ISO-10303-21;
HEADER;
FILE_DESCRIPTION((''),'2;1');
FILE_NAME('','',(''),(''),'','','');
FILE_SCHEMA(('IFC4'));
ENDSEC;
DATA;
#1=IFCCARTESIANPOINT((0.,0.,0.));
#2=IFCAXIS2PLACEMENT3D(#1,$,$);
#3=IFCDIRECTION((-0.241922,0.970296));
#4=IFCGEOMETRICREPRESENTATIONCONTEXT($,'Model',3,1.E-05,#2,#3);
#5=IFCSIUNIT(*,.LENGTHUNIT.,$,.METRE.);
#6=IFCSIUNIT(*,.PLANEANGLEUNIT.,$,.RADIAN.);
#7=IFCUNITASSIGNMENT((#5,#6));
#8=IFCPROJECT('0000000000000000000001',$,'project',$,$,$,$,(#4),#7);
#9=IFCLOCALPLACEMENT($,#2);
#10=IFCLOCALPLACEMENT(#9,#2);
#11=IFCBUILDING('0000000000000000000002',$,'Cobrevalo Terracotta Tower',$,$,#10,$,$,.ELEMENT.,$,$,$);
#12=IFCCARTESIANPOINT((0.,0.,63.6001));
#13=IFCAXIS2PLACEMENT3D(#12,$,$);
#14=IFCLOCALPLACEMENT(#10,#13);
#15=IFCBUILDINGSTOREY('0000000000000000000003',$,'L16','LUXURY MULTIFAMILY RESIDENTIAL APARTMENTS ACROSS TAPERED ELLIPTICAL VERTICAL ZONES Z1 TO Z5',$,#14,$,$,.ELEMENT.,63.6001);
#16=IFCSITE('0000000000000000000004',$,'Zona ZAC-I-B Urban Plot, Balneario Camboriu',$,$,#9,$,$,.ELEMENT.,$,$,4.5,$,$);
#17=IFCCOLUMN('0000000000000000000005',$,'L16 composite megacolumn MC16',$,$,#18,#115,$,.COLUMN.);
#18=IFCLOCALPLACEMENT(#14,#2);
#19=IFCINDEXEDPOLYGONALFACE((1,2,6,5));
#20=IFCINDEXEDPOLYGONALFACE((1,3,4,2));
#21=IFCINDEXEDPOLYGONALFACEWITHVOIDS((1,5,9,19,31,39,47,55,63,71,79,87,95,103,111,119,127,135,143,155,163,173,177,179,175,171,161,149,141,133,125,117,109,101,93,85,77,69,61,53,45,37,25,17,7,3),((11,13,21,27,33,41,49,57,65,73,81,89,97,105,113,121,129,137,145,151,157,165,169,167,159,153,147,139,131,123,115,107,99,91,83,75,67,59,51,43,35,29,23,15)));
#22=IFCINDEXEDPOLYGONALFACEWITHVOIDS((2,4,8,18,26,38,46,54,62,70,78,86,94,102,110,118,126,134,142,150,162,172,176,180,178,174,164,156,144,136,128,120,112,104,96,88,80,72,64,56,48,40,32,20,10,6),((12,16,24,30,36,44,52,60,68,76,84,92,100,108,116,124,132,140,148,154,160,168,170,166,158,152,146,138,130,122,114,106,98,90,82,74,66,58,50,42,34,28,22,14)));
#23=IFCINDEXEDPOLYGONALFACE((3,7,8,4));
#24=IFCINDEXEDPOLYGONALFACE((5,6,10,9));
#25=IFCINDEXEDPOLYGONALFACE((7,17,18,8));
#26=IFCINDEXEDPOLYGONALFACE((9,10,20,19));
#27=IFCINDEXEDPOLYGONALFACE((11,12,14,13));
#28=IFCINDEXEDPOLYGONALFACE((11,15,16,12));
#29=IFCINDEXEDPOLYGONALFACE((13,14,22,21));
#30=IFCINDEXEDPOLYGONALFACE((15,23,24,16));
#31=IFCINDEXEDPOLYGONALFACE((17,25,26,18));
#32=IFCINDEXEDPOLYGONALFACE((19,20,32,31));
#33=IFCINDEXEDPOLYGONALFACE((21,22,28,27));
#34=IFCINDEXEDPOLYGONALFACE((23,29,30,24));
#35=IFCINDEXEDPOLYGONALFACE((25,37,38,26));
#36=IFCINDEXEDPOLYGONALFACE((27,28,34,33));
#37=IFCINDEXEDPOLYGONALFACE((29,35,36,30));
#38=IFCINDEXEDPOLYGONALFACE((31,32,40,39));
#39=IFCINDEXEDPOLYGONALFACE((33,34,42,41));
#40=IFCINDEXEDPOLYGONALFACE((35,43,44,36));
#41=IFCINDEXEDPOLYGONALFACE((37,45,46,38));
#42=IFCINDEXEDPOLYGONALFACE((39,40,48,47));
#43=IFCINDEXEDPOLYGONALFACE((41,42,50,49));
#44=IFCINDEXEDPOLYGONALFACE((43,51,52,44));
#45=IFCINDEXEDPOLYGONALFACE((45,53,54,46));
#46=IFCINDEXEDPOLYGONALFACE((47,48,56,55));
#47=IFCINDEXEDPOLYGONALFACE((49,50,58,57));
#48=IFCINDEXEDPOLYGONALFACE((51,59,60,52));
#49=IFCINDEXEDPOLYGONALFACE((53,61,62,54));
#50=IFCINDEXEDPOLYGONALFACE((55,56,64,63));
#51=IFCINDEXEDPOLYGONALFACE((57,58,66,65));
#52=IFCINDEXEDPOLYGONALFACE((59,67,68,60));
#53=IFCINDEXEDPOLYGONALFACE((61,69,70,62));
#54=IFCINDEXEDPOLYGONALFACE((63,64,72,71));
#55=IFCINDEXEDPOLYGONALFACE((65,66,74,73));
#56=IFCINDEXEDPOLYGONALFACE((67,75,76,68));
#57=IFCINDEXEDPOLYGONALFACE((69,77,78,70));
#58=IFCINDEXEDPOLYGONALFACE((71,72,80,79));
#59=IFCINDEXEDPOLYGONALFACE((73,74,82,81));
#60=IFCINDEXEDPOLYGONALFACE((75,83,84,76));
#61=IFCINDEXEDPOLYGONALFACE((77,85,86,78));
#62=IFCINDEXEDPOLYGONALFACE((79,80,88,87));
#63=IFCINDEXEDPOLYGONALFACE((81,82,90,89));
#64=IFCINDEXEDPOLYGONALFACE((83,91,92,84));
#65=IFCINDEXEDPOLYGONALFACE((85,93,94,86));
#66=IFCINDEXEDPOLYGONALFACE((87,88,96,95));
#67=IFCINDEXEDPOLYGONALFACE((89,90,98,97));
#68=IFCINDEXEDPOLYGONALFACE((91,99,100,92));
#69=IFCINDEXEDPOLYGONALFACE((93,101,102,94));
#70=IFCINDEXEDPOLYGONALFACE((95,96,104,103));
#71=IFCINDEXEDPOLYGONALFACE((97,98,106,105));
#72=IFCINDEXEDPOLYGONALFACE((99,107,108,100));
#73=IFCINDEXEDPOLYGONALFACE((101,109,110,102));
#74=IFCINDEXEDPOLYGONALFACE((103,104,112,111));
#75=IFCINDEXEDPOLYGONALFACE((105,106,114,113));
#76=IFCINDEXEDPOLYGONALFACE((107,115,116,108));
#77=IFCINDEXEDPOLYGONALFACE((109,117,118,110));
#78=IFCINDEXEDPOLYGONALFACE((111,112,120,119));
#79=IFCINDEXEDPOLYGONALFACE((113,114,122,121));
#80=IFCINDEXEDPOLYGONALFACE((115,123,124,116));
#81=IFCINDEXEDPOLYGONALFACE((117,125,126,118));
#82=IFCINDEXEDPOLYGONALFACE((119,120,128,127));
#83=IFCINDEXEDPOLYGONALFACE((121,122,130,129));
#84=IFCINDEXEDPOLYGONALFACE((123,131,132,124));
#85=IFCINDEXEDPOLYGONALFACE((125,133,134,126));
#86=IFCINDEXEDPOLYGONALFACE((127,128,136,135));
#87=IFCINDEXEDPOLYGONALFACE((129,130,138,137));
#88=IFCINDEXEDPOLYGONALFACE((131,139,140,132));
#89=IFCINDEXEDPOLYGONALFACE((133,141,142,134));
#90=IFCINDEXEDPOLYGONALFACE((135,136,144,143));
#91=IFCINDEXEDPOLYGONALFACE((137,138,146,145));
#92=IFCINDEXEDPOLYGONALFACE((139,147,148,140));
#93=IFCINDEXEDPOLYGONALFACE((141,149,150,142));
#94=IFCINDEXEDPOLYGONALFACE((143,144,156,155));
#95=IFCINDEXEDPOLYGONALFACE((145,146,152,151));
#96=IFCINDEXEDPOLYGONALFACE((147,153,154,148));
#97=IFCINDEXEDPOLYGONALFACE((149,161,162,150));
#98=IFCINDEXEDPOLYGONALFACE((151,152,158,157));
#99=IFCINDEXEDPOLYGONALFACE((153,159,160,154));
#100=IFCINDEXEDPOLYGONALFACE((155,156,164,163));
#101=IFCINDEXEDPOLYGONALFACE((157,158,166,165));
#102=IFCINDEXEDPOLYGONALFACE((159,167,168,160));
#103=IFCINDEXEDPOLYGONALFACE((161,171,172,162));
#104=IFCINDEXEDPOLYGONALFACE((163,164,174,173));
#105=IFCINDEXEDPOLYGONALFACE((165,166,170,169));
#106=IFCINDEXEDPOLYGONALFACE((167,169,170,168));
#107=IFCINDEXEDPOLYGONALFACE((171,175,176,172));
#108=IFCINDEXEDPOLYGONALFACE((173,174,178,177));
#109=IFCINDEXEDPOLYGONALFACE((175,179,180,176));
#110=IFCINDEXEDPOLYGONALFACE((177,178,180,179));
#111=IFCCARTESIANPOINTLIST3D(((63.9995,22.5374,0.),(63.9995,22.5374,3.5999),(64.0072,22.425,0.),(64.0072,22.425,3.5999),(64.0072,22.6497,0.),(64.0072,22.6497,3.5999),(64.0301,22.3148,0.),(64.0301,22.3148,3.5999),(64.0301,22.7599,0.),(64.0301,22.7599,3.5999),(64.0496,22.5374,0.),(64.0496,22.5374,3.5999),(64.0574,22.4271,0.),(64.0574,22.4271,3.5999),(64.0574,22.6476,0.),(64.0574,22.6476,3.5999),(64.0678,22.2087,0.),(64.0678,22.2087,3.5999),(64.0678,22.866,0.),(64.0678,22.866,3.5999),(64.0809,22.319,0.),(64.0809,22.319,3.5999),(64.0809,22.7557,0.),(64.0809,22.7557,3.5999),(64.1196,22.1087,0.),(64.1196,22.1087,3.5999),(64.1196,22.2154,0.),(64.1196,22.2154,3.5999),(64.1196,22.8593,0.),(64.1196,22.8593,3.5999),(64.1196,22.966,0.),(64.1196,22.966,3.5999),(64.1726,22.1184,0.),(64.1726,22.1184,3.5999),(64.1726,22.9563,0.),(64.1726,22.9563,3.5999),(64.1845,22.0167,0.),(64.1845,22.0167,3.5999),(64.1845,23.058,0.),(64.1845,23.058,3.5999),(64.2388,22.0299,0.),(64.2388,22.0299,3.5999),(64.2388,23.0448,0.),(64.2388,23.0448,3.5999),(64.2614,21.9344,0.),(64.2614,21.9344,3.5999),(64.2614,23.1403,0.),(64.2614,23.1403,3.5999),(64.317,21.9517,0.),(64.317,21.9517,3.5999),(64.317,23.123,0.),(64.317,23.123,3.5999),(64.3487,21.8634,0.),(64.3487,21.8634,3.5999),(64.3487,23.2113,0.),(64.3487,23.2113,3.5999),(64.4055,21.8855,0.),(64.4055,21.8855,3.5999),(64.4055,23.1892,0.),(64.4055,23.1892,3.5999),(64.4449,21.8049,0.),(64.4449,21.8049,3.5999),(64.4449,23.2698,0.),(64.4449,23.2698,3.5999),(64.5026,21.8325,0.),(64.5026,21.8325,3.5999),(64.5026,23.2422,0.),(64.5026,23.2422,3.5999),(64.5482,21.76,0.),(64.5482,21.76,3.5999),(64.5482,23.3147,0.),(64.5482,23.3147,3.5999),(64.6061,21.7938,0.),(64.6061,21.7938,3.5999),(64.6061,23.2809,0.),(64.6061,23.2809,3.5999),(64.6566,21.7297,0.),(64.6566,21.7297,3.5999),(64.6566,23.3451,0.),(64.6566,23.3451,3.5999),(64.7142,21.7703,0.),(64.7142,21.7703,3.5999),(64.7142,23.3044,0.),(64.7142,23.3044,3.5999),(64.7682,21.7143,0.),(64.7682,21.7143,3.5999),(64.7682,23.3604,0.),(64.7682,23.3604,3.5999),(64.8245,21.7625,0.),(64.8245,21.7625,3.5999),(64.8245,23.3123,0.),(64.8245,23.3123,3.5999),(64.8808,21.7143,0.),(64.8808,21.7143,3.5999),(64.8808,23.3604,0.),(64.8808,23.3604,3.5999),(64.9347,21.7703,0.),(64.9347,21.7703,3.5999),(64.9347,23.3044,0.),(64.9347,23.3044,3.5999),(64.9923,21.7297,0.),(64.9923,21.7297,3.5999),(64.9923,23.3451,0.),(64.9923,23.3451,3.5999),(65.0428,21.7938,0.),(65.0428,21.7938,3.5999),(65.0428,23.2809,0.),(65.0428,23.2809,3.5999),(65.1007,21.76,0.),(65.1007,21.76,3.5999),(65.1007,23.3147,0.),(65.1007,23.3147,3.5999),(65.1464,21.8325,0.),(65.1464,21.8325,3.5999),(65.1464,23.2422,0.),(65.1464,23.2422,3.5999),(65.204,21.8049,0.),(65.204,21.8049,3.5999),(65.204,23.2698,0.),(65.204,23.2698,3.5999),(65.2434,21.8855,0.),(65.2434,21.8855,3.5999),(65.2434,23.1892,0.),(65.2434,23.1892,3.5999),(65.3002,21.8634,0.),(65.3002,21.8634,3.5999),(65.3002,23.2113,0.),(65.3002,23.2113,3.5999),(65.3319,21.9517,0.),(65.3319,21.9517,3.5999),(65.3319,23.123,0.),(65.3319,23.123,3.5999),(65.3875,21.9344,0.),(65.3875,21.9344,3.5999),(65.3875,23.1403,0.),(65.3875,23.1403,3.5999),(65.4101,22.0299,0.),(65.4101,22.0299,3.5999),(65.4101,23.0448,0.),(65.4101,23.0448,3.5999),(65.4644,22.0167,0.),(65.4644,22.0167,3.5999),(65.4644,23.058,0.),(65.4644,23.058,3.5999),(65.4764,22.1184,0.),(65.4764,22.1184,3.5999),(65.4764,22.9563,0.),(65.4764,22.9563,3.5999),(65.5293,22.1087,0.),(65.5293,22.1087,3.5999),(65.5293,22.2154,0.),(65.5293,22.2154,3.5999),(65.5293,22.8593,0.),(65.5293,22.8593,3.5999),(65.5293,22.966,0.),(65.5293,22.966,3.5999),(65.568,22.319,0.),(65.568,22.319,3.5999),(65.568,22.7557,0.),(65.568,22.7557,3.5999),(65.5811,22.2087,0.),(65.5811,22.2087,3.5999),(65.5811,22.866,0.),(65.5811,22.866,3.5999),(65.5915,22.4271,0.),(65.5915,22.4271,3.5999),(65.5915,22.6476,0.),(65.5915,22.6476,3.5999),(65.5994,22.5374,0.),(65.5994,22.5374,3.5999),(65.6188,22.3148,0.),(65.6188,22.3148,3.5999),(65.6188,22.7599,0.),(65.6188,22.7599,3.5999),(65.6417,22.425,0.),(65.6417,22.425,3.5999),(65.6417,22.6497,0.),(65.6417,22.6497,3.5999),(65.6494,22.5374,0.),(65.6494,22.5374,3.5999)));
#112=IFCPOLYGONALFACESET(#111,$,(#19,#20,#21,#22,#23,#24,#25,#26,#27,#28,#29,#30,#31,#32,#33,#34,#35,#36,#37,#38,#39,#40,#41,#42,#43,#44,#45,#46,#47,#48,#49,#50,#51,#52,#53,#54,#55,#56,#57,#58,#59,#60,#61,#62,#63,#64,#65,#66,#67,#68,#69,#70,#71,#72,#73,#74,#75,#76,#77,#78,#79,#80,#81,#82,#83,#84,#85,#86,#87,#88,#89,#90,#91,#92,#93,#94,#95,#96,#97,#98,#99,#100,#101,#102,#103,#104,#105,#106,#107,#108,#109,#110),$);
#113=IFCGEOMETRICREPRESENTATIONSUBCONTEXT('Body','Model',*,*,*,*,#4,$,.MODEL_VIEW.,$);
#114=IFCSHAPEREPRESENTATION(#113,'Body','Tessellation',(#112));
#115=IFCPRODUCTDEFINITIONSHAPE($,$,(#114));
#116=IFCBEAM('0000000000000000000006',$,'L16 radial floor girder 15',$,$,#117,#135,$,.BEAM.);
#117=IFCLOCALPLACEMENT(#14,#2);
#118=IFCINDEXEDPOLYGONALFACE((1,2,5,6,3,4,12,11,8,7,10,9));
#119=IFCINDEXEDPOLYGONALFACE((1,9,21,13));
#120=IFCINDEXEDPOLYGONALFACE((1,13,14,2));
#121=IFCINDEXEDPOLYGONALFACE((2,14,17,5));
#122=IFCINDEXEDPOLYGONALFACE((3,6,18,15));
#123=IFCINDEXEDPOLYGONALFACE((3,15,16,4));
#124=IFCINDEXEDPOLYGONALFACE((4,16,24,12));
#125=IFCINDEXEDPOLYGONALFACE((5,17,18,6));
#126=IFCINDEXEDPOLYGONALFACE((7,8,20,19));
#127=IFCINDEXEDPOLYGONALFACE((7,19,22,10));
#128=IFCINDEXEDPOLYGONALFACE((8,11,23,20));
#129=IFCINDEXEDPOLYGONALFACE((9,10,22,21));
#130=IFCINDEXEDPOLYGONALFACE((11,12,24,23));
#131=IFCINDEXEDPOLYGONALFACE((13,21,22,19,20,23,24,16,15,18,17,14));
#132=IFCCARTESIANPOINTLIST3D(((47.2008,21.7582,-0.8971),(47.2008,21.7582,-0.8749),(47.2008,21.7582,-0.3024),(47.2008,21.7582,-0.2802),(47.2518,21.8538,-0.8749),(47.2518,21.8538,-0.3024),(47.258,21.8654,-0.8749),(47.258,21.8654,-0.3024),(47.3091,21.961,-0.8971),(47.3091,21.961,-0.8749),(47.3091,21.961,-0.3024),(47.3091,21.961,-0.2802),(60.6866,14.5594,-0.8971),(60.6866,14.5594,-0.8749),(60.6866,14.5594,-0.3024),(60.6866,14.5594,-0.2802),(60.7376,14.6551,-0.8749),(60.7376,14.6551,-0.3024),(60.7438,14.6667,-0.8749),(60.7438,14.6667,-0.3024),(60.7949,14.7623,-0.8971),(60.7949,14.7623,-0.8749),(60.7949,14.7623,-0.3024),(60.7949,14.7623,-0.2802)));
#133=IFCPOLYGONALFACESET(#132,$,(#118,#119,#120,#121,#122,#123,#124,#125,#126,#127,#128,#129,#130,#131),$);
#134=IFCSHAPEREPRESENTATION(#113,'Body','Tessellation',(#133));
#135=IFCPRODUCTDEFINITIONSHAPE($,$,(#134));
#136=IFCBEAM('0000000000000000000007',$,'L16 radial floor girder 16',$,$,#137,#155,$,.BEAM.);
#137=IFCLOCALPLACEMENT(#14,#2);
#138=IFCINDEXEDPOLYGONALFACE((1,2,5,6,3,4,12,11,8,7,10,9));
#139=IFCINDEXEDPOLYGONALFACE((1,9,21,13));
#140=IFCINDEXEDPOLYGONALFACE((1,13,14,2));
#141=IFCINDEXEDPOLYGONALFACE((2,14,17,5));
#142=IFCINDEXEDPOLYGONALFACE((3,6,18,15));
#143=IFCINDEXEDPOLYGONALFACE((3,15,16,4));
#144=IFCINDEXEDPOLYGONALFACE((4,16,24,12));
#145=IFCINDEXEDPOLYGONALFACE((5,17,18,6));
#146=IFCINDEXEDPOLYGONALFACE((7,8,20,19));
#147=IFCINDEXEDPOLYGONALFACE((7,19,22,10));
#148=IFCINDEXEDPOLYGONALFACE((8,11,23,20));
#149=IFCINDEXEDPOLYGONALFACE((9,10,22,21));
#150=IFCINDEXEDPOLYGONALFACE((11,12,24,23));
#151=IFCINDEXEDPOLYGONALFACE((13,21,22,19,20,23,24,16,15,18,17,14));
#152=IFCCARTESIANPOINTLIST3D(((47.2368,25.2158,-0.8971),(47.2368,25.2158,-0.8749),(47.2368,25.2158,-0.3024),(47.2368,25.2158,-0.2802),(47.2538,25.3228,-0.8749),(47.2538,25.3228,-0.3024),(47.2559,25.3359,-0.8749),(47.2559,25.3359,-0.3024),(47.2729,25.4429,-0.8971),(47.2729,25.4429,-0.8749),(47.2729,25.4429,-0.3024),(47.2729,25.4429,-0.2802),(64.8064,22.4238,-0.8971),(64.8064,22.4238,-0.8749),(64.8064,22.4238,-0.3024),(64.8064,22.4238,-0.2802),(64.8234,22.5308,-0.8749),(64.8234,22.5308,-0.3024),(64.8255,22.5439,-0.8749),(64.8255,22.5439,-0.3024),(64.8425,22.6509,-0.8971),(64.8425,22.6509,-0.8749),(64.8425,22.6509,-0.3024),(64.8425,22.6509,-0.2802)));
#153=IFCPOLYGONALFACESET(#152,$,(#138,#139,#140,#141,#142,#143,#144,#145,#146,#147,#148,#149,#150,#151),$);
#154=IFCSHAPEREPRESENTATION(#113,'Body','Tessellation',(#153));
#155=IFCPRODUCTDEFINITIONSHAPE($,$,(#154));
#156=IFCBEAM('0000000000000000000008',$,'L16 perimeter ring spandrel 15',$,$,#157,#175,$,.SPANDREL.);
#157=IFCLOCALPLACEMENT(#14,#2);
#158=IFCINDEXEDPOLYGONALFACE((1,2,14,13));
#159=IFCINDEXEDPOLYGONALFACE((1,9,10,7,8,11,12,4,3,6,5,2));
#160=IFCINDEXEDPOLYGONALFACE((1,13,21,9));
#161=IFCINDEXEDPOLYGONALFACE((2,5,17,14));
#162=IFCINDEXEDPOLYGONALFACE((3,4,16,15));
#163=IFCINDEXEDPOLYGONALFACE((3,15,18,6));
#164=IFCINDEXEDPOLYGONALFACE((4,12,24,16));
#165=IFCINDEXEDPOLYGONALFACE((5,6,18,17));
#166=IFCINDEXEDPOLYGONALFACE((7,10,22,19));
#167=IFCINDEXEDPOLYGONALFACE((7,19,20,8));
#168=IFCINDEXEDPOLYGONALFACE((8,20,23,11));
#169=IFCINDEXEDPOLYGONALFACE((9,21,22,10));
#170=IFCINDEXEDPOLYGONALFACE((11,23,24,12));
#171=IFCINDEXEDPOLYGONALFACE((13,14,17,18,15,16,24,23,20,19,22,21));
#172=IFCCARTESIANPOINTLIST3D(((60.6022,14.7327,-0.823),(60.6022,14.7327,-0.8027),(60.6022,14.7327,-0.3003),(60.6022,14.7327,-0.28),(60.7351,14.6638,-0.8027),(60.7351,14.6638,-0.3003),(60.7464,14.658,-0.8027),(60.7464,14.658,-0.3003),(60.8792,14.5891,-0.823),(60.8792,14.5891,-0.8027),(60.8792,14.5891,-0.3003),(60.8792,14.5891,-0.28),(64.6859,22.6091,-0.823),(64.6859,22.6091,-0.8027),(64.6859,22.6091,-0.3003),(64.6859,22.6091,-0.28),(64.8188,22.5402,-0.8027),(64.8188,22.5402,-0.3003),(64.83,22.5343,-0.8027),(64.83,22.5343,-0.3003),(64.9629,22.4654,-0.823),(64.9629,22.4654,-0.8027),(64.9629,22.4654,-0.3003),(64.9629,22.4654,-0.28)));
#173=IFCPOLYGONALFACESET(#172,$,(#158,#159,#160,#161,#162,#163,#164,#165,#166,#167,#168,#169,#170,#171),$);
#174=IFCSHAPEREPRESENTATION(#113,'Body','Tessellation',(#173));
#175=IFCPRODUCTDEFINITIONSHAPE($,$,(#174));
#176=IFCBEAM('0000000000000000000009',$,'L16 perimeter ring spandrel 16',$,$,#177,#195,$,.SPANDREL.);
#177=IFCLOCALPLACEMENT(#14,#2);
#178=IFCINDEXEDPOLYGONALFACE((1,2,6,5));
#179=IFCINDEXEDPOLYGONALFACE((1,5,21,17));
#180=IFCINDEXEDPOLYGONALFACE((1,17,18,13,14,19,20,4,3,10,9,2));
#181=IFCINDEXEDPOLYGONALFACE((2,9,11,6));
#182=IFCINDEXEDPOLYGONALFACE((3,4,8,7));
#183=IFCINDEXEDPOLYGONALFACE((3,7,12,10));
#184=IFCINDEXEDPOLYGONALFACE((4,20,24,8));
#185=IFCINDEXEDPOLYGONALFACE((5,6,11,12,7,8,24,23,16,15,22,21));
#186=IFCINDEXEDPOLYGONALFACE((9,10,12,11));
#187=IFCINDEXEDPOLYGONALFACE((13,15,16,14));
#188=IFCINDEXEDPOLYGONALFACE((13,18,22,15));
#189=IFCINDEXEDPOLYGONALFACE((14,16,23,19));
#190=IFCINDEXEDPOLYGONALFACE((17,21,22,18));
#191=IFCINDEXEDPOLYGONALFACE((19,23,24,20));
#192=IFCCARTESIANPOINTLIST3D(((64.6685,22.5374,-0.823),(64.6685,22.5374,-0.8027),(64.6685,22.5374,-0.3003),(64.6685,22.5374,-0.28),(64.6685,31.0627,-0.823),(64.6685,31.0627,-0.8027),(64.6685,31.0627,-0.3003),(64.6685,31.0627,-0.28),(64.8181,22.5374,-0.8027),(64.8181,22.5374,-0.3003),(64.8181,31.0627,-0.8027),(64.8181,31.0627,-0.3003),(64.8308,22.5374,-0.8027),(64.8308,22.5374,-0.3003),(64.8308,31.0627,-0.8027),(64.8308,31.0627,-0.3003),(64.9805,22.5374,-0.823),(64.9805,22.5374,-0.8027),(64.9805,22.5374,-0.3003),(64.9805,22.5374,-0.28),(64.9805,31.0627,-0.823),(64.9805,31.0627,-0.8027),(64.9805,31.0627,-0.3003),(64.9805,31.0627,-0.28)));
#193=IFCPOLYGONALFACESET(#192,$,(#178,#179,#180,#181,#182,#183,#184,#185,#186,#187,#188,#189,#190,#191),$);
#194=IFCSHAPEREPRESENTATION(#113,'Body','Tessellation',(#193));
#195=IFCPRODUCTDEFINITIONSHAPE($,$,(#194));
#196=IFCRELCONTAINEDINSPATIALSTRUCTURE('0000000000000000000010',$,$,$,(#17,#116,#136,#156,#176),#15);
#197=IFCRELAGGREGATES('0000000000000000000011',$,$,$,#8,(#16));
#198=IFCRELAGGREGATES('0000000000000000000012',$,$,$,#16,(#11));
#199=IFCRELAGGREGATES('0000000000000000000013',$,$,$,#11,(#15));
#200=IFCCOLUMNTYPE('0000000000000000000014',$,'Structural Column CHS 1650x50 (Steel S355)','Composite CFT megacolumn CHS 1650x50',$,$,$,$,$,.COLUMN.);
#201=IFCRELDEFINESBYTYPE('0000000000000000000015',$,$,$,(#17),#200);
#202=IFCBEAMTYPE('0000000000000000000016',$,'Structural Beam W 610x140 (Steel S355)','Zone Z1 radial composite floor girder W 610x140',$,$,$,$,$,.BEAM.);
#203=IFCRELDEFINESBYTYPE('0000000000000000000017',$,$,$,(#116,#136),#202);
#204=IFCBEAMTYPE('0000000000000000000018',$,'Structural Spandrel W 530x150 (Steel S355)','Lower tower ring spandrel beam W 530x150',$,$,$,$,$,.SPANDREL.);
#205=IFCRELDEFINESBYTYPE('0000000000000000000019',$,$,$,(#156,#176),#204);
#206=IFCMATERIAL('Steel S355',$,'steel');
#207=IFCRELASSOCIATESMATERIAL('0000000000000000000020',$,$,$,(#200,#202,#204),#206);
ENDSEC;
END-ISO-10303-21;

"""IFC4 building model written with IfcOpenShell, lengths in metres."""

from ifc_helpers import new_model, si_unit, direction, frame, origin, origin_2d, place, context, subcontext, project, spatial, hollow_circle, i_section, extrude, material, material_profile, profile_set, type_object, element, save


model = new_model("IFC4")

# Units and contexts
model_context = context("Model", 3, precision=1e-05, world=origin(), true_north=direction((-0.241922, 0.970296)))
body_context = subcontext(model_context, "Body", "Model", "MODEL_VIEW")
ifc_project = project(units=[si_unit("LENGTHUNIT", "METRE"), si_unit("PLANEANGLEUNIT", "RADIAN")], contexts=[model_context])

# Site, building, storey
site_placement = place(None, origin())
site = spatial("IfcSite", under=ifc_project, at=site_placement, Name="Zona ZAC-I-B Urban Plot, Balneario Camboriu", CompositionType="ELEMENT", RefElevation=4.5)
building_placement = place(site_placement, origin())
building = spatial("IfcBuilding", under=site, at=building_placement, Name="Cobrevalo Terracotta Tower", CompositionType="ELEMENT")
storey_placement = place(building_placement, frame((0.0, 0.0, 63.6001)))
storey = spatial("IfcBuildingStorey", under=building, at=storey_placement, Name="L16", Description="LUXURY MULTIFAMILY RESIDENTIAL APARTMENTS ACROSS TAPERED ELLIPTICAL VERTICAL ZONES Z1 TO Z5", CompositionType="ELEMENT", Elevation=63.6001)

# Column
ifc_material_1 = material(Name="Steel S355", Category="steel")
ifc_material_profile_1 = material_profile(ifc_material_1, hollow_circle(Radius=0.825, WallThickness=0.05, at=origin_2d()), Name="CHS 1650x50")
ifc_profile_set_1 = profile_set([ifc_material_profile_1], Name="Steel S355")
column_type = type_object("IfcColumnType", Name="Structural Column CHS 1650x50 (Steel S355)", Description="Composite CFT megacolumn CHS 1650x50", PredefinedType="COLUMN", material=ifc_profile_set_1)
for number, where, z_axis, x_axis, name in (
    (1, (64.8245, 22.5374, 0.0), (0.0, 0.0, 1.0), (1.0, 0.0, 0.0), "L16 composite megacolumn MC16"),
):
    element("IfcColumn", number, at=place(storey_placement, frame(where, z_axis=z_axis, x_axis=x_axis)), inside=storey, type_object=column_type, Name=name, PredefinedType="COLUMN", context=body_context, shape_type="SweptSolid", body=[
        extrude(hollow_circle(Radius=0.825, WallThickness=0.05, at=origin_2d()), origin(), (0.0, 0.0, 1.0), 3.5999),
    ])

# Beams
ifc_material_profile_2 = material_profile(ifc_material_1, i_section(OverallWidth=0.23, OverallDepth=0.6169, WebThickness=0.0132, FlangeThickness=0.0222, at=origin_2d()), Name="W 610x140")
ifc_profile_set_2 = profile_set([ifc_material_profile_2], Name="Steel S355")
beam_type_1 = type_object("IfcBeamType", Name="Structural Beam W 610x140 (Steel S355)", Description="Zone Z1 radial composite floor girder W 610x140", PredefinedType="BEAM", material=ifc_profile_set_2)
beam_1_placement = place(storey_placement, frame((60.7407, 14.6609, -0.5886), z_axis=(-0.882182, 0.470908, 0.0), x_axis=(-0.470908, -0.882182, 0.0)))
element("IfcBeam", 2, at=beam_1_placement, inside=storey, type_object=beam_type_1, Name="L16 radial floor girder 15", PredefinedType="BEAM", context=body_context, shape_type="SweptSolid", body=[
    extrude(i_section(OverallWidth=0.23, OverallDepth=0.6169, WebThickness=0.0132, FlangeThickness=0.0222, at=origin_2d()), origin(), (0.0, 0.0, 1.0), 15.2869),
])
beam_2_placement = place(storey_placement, frame((64.8245, 22.5374, -0.5886), z_axis=(-0.987608, 0.156941, 0.0), x_axis=(-0.156941, -0.987608, 0.0)))
element("IfcBeam", 3, at=beam_2_placement, inside=storey, type_object=beam_type_1, Name="L16 radial floor girder 16", PredefinedType="BEAM", context=body_context, shape_type="SweptSolid", body=[
    extrude(i_section(OverallWidth=0.23, OverallDepth=0.6169, WebThickness=0.0132, FlangeThickness=0.0222, at=origin_2d()), origin(), (0.0, 0.0, 1.0), 17.79),
])
ifc_material_profile_3 = material_profile(ifc_material_1, i_section(OverallWidth=0.312, OverallDepth=0.543, WebThickness=0.0127, FlangeThickness=0.0203, at=origin_2d()), Name="W 530x150")
ifc_profile_set_3 = profile_set([ifc_material_profile_3], Name="Steel S355")
beam_type_2 = type_object("IfcBeamType", Name="Structural Spandrel W 530x150 (Steel S355)", Description="Lower tower ring spandrel beam W 530x150", PredefinedType="SPANDREL", material=ifc_profile_set_3)
beam_3_placement = place(storey_placement, frame((60.7407, 14.6609, -0.5515), z_axis=(0.460286, 0.887771, 0.0), x_axis=(-0.887771, 0.460286, 0.0)))
element("IfcBeam", 4, at=beam_3_placement, inside=storey, type_object=beam_type_2, Name="L16 perimeter ring spandrel 15", PredefinedType="SPANDREL", context=body_context, shape_type="SweptSolid", body=[
    extrude(i_section(OverallWidth=0.312, OverallDepth=0.543, WebThickness=0.0127, FlangeThickness=0.0203, at=origin_2d()), origin(), (0.0, 0.0, 1.0), 8.8721),
])
beam_4_placement = place(storey_placement, frame((64.8245, 22.5374, -0.5515), z_axis=(0.0, 1.0, 0.0), x_axis=(-1.0, 0.0, 0.0)))
element("IfcBeam", 5, at=beam_4_placement, inside=storey, type_object=beam_type_2, Name="L16 perimeter ring spandrel 16", PredefinedType="SPANDREL", context=body_context, shape_type="SweptSolid", body=[
    extrude(i_section(OverallWidth=0.312, OverallDepth=0.543, WebThickness=0.0127, FlangeThickness=0.0203, at=origin_2d()), origin(), (0.0, 0.0, 1.0), 8.5254),
])

save(model, "model.ifc")
